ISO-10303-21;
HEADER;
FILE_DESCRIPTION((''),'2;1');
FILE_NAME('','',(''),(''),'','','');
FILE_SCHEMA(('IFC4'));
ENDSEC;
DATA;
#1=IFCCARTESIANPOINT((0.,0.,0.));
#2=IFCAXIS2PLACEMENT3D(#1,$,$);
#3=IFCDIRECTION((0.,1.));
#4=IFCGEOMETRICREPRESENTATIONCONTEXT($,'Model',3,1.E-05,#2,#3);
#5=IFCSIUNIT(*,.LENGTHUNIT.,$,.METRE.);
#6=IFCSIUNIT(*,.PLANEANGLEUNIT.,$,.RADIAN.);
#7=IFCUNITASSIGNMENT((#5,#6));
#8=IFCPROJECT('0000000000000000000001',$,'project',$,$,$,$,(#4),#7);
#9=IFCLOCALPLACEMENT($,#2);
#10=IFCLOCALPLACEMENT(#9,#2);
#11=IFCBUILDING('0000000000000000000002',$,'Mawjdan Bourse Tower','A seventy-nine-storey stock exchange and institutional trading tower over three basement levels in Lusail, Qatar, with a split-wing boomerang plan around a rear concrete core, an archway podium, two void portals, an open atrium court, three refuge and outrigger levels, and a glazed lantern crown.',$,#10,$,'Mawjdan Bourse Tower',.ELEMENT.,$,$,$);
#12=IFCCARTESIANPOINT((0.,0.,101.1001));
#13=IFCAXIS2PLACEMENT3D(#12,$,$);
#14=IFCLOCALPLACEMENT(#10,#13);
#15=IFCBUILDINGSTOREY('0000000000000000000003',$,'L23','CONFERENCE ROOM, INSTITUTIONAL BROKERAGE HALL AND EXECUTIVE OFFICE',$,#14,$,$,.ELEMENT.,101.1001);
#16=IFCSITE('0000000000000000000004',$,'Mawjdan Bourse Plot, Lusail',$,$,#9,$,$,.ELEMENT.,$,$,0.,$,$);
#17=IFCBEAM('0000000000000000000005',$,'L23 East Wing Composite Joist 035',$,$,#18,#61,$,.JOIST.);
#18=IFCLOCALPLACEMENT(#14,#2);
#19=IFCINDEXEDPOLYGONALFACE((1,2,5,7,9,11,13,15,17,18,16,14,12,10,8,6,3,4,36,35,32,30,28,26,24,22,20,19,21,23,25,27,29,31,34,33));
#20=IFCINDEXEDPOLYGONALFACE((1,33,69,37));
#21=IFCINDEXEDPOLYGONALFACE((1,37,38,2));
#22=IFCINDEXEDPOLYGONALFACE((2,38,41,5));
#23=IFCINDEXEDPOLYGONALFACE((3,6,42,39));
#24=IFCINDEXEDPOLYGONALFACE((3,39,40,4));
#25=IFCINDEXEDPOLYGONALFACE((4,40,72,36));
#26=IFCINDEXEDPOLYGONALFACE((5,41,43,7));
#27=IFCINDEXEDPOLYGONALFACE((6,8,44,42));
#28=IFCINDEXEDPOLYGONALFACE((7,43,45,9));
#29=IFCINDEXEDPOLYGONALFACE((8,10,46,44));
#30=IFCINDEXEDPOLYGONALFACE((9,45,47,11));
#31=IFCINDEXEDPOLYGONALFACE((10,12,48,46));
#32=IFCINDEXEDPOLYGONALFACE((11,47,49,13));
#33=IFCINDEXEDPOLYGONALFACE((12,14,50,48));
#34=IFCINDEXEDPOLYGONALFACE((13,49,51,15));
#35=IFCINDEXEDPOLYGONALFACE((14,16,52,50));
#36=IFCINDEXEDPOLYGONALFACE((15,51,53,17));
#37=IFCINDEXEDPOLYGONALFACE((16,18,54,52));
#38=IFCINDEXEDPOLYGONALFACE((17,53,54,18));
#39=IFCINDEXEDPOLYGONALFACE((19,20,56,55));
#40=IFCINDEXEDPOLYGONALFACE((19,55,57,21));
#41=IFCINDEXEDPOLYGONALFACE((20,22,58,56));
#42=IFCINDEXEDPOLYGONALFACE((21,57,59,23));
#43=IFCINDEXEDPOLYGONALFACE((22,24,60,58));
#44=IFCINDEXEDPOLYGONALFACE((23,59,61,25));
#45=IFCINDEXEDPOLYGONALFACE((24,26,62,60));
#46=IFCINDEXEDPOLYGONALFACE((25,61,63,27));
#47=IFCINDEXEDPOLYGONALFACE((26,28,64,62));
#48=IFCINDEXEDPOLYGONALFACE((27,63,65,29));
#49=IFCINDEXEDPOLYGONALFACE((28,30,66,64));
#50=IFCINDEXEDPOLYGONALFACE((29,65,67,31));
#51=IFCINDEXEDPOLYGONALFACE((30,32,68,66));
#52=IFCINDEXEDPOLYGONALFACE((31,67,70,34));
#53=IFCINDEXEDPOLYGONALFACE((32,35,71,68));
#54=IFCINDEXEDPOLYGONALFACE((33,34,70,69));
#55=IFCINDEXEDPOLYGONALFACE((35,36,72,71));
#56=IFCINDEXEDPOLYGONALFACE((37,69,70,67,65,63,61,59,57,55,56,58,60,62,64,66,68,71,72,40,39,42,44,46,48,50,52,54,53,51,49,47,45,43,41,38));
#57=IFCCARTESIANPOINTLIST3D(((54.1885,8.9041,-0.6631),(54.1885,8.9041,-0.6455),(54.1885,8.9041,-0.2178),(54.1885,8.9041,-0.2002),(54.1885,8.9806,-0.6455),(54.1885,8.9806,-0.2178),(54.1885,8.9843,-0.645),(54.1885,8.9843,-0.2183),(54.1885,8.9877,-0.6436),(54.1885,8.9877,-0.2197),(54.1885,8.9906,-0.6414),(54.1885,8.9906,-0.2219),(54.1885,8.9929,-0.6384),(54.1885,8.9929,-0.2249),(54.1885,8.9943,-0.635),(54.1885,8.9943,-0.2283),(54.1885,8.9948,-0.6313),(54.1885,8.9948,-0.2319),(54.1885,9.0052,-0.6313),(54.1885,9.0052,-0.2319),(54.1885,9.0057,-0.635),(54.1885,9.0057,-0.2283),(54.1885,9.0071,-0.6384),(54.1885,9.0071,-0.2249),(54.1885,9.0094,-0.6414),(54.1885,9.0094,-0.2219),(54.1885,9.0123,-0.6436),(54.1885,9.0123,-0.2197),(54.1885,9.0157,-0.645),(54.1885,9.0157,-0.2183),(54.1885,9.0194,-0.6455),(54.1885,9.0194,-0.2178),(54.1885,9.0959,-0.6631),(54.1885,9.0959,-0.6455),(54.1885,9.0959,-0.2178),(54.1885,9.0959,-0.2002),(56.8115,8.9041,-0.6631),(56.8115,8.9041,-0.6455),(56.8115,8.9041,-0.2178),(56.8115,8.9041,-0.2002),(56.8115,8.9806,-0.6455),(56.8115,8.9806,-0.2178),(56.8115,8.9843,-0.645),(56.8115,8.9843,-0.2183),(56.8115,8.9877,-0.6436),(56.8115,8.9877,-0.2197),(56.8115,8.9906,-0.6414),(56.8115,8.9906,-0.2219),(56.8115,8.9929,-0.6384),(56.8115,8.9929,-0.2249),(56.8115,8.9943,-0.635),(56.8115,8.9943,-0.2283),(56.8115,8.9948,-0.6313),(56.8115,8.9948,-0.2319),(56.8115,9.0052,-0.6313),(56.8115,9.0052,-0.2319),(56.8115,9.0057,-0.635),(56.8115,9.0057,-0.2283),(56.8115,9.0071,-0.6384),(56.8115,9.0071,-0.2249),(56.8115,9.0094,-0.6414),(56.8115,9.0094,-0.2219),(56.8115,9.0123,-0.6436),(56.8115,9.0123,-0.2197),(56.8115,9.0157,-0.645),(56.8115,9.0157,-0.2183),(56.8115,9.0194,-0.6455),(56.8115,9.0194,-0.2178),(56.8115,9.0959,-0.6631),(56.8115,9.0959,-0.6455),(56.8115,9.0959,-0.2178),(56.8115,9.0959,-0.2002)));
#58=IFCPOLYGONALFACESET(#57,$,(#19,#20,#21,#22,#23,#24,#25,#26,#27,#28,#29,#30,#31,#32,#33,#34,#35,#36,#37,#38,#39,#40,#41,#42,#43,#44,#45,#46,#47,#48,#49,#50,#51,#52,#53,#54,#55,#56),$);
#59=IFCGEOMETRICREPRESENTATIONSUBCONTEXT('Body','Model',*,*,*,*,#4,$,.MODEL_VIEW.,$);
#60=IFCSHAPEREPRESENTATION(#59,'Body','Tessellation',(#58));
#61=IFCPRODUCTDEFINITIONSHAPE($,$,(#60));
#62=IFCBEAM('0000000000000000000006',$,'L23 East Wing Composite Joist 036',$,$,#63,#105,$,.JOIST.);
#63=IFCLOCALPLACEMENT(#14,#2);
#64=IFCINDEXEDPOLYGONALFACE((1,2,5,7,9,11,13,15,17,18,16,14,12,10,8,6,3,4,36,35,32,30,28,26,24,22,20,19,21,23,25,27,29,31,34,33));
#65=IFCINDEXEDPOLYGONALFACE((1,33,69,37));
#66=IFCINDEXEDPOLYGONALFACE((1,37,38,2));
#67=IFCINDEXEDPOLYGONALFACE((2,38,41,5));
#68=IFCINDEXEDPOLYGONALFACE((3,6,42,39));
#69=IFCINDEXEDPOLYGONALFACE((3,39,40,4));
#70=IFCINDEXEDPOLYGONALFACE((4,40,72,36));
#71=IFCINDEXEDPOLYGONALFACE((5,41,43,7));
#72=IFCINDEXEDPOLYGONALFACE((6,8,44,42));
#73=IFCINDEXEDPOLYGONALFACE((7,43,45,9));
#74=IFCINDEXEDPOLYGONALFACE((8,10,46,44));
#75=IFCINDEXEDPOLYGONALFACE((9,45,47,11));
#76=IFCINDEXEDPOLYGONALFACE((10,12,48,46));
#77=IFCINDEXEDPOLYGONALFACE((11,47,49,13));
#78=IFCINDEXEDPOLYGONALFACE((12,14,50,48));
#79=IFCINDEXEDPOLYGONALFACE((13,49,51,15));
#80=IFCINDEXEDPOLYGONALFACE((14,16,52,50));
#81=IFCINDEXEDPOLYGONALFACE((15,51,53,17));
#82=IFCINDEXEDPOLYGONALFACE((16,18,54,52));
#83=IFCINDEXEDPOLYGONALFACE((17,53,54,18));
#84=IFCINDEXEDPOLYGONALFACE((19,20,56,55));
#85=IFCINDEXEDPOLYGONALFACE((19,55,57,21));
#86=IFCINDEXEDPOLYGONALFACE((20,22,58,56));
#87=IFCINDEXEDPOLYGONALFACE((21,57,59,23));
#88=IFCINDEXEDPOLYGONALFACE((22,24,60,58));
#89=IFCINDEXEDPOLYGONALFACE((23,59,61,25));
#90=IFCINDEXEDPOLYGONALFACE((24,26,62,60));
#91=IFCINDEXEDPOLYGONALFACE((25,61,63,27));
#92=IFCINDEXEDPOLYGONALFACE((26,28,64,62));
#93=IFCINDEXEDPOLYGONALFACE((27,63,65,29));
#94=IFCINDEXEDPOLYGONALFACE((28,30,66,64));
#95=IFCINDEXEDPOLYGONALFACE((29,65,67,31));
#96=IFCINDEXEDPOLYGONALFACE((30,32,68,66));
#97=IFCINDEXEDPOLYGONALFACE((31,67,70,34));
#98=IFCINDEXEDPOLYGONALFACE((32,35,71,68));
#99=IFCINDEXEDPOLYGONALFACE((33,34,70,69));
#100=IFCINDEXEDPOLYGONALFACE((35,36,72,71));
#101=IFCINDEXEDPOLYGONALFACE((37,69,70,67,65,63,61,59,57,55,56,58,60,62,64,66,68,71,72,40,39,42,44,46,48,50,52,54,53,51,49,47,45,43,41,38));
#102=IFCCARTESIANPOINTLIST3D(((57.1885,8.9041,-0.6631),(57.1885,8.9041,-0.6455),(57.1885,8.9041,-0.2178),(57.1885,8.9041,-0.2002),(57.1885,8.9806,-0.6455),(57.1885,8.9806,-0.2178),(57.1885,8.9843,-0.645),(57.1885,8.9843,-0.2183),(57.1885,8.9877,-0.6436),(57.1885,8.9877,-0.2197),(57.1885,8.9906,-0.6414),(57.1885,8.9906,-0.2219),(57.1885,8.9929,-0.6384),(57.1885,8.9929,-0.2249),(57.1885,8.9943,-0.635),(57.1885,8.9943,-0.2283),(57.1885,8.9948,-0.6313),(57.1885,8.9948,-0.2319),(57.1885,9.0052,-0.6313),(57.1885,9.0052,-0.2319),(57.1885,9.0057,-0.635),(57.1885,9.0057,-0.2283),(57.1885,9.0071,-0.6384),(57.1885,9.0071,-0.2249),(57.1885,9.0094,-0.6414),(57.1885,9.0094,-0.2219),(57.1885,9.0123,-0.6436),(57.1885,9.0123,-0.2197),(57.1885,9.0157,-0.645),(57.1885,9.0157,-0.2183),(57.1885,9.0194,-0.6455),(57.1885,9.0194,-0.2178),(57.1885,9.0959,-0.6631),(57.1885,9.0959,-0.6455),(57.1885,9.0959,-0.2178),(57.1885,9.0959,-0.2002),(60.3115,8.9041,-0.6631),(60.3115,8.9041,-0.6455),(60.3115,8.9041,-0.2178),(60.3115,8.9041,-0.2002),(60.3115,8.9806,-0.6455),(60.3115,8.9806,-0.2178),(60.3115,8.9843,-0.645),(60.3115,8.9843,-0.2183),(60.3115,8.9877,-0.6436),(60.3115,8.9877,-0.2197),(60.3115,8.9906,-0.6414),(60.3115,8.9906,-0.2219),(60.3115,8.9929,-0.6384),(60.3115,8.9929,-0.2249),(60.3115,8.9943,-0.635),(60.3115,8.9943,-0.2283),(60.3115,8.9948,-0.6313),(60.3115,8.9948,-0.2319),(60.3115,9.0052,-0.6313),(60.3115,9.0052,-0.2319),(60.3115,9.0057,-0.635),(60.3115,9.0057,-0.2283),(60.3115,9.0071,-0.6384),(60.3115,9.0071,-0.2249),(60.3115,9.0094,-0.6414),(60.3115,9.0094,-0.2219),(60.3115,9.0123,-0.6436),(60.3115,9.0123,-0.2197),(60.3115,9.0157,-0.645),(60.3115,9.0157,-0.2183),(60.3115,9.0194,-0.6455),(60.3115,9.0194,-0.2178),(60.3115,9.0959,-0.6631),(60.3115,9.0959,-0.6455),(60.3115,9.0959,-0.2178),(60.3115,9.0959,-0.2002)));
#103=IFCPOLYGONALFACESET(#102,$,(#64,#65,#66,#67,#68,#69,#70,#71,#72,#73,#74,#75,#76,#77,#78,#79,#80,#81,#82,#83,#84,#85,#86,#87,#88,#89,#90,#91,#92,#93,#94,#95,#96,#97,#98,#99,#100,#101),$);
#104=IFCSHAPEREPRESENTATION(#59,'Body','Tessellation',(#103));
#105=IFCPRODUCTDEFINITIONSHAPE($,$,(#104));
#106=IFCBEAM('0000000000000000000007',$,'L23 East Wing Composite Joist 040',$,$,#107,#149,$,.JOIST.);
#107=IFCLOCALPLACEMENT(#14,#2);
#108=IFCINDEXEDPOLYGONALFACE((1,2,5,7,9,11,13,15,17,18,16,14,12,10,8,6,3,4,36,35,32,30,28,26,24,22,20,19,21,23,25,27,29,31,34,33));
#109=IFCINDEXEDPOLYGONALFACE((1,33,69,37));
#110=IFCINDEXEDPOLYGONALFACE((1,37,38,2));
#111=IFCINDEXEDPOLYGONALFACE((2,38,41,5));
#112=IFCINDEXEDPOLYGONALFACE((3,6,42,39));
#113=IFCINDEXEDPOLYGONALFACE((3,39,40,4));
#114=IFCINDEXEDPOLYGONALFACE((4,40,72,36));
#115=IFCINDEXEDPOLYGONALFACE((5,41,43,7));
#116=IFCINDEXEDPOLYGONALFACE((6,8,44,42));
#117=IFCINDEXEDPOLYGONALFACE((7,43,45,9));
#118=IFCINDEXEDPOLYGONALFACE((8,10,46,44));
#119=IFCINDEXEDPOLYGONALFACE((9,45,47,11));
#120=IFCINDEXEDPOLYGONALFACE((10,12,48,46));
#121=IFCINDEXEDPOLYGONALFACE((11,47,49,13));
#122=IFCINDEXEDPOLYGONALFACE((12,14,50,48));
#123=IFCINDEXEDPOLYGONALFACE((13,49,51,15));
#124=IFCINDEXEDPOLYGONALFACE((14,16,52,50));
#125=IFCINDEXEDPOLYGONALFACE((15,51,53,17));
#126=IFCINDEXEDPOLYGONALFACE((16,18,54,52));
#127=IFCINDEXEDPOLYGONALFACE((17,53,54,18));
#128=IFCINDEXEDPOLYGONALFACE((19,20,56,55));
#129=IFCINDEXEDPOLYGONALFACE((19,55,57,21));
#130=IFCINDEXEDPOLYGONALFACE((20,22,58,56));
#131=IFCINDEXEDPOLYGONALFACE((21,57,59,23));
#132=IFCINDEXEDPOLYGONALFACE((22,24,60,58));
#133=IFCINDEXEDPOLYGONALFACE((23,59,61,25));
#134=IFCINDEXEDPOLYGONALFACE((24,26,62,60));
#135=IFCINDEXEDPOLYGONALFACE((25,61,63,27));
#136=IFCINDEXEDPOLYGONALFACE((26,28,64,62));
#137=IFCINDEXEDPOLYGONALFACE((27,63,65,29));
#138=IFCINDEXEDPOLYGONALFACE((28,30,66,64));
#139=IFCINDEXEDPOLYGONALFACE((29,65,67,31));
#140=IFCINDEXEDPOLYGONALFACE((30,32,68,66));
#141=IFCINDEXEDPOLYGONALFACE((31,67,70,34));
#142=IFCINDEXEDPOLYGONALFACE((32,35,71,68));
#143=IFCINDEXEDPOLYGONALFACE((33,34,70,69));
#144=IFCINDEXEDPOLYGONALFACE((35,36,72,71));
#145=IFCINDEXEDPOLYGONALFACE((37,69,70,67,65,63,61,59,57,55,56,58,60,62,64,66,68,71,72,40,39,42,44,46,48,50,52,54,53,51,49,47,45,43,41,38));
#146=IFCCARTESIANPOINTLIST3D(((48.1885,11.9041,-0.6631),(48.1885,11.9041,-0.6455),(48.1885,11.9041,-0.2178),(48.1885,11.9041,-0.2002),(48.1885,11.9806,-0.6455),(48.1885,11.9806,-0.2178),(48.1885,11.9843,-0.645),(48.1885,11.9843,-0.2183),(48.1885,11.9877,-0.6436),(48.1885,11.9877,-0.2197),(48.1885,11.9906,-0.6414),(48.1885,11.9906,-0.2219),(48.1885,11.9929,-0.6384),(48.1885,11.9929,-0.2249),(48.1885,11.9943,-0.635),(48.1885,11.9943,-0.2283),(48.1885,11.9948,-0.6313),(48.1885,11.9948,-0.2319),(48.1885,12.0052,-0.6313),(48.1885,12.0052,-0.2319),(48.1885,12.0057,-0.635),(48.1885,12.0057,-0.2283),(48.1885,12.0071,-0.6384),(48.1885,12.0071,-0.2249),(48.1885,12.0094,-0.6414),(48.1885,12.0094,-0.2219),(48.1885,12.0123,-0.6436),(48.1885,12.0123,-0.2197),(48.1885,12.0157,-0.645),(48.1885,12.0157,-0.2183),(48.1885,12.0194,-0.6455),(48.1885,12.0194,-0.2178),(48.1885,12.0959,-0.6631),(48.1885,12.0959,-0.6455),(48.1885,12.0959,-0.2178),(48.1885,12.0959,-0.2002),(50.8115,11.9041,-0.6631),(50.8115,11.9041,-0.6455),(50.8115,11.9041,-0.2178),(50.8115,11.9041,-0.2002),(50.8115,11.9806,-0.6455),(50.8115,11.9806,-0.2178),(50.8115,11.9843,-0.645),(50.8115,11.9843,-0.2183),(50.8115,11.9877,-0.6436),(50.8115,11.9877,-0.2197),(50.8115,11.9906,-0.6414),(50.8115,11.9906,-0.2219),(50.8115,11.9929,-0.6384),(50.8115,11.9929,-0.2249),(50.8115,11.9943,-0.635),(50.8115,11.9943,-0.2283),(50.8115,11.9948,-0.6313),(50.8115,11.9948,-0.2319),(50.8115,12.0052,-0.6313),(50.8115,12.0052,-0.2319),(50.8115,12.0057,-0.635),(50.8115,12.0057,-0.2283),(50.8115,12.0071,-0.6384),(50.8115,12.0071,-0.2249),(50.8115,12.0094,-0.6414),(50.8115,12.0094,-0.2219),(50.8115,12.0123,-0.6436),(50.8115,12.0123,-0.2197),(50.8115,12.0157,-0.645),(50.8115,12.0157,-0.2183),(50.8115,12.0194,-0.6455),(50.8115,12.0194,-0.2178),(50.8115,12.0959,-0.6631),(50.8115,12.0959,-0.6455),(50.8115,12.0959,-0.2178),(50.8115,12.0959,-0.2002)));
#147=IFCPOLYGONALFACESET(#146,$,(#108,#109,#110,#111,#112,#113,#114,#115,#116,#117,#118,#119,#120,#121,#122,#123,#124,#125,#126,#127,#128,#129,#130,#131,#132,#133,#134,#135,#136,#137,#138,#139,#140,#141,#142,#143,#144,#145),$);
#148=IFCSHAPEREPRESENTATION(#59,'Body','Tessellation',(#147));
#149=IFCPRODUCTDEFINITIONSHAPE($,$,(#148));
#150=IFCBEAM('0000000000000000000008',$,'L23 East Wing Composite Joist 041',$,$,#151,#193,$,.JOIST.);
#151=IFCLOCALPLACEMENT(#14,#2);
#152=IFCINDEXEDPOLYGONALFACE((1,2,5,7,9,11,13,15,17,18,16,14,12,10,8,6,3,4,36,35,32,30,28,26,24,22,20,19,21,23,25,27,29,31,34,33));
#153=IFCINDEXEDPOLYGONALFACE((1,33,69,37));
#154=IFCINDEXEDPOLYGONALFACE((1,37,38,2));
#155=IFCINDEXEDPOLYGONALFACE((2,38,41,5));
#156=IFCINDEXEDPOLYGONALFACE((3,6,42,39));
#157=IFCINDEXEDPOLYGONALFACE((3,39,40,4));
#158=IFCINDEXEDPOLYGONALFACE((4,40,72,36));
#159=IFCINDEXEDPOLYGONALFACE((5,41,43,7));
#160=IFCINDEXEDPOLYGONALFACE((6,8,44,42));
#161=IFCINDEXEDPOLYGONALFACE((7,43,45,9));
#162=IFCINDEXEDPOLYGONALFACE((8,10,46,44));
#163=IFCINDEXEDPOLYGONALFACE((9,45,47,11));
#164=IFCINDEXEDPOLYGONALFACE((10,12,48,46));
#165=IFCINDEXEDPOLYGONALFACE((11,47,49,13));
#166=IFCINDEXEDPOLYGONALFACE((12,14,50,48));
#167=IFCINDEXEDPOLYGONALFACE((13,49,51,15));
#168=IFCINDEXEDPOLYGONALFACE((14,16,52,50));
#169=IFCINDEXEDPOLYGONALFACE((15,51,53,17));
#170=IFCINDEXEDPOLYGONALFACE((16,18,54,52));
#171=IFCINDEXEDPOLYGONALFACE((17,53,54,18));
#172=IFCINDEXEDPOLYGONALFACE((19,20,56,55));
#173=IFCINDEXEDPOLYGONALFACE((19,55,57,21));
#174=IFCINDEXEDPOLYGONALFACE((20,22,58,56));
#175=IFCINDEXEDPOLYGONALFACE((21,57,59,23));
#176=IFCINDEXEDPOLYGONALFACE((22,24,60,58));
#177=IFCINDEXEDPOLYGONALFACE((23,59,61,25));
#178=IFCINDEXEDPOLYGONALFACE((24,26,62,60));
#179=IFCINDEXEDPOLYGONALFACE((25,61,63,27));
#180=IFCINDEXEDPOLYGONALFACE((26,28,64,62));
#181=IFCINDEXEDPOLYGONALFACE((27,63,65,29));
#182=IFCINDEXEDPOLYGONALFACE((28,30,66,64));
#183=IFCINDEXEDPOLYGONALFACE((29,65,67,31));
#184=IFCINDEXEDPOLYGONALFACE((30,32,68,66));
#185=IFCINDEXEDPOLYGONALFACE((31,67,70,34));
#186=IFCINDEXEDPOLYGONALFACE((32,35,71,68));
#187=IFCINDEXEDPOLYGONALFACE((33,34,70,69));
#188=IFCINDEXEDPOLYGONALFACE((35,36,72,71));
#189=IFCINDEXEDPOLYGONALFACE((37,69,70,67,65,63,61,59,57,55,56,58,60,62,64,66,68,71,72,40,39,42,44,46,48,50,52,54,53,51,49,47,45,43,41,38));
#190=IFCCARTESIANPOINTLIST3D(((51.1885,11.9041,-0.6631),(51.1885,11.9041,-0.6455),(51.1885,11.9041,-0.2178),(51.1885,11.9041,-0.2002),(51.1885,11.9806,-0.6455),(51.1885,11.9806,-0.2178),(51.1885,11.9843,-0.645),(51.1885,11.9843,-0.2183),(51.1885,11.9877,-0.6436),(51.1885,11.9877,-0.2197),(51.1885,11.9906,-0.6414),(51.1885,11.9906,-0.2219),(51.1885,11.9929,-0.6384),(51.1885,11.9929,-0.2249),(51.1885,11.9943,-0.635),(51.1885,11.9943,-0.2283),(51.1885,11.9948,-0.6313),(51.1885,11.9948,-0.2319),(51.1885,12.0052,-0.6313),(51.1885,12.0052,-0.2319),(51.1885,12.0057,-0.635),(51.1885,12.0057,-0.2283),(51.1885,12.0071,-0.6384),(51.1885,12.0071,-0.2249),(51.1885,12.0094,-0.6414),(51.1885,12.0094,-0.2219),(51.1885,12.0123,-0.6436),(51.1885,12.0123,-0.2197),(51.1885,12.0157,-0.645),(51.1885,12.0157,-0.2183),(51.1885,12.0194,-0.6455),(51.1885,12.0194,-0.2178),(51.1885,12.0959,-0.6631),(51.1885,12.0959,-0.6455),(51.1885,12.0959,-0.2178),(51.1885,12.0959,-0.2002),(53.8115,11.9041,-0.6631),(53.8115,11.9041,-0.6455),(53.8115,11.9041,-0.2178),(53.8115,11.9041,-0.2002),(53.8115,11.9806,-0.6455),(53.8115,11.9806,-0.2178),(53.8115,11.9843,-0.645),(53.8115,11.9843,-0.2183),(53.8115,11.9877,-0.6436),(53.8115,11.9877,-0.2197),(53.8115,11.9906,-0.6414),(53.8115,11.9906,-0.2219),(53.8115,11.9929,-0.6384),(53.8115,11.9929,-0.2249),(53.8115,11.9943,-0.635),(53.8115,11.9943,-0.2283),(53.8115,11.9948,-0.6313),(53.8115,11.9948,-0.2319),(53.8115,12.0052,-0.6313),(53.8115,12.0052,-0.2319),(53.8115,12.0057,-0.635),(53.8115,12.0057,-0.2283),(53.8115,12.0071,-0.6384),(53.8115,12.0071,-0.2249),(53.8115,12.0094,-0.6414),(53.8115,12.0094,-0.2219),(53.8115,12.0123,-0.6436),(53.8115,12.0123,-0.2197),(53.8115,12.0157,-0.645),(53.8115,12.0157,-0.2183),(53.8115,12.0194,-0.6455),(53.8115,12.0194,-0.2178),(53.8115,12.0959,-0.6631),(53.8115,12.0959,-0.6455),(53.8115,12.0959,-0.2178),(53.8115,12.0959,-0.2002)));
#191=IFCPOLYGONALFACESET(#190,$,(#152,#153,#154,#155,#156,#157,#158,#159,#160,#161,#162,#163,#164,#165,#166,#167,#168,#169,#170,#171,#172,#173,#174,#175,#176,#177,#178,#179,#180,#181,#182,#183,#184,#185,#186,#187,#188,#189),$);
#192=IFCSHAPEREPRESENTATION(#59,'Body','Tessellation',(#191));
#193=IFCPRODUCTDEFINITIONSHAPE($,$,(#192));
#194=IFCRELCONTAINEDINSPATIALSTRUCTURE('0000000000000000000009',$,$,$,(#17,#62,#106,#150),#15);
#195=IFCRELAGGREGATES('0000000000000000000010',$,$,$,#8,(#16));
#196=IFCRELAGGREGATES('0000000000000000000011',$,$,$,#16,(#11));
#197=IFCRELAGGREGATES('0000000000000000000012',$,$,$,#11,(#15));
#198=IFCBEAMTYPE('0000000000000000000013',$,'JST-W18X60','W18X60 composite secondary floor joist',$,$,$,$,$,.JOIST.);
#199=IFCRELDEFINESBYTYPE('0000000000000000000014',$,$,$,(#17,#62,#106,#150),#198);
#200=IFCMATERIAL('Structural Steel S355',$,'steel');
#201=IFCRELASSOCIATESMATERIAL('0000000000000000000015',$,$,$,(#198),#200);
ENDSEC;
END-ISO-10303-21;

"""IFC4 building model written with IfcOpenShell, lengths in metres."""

from ifc_helpers import new_model, si_unit, direction, frame, origin, origin_2d, place, context, subcontext, project, spatial, i_section, extrude, material, material_profile, profile_set, type_object, element, save


model = new_model("IFC4")

# Units and contexts
model_context = context("Model", 3, precision=1e-05, world=origin(), true_north=direction((0.0, 1.0)))
body_context = subcontext(model_context, "Body", "Model", "MODEL_VIEW")
ifc_project = project(units=[si_unit("LENGTHUNIT", "METRE"), si_unit("PLANEANGLEUNIT", "RADIAN")], contexts=[model_context])

# Site, building, storey
site_placement = place(None, origin())
site = spatial("IfcSite", under=ifc_project, at=site_placement, Name="Mawjdan Bourse Plot, Lusail", CompositionType="ELEMENT", RefElevation=0.0)
building_placement = place(site_placement, origin())
building = spatial("IfcBuilding", under=site, at=building_placement, Name="Mawjdan Bourse Tower", Description="A seventy-nine-storey stock exchange and institutional trading tower over three basement levels in Lusail, Qatar, with a split-wing boomerang plan around a rear concrete core, an archway podium, two void portals, an open atrium court, three refuge and outrigger levels, and a glazed lantern crown.", LongName="Mawjdan Bourse Tower", CompositionType="ELEMENT")
storey_placement = place(building_placement, frame((0.0, 0.0, 101.1001)))
storey = spatial("IfcBuildingStorey", under=building, at=storey_placement, Name="L23", Description="CONFERENCE ROOM, INSTITUTIONAL BROKERAGE HALL AND EXECUTIVE OFFICE", CompositionType="ELEMENT", Elevation=101.1001)

# Beams
ifc_material_1 = material(Name="Structural Steel S355", Category="steel")
ifc_material_profile_1 = material_profile(ifc_material_1, i_section(OverallWidth=0.1919, OverallDepth=0.4629, WebThickness=0.0105, FlangeThickness=0.0176, FilletRadius=0.0142, at=origin_2d()), Name="W18X60")
ifc_profile_set_1 = profile_set([ifc_material_profile_1], Name="Structural Steel S355")
beam_type_1 = type_object("IfcBeamType", Name="JST-W18X60", Description="W18X60 composite secondary floor joist", PredefinedType="JOIST", material=ifc_profile_set_1)
for number, where, z_axis, x_axis, name in (
    (1, (54.1885, 9.0, -0.4316), (1.0, 0.0, 0.0), (0.0, 1.0, 0.0), "L23 East Wing Composite Joist 035"),
):
    element("IfcBeam", number, at=place(storey_placement, frame(where, z_axis=z_axis, x_axis=x_axis)), inside=storey, type_object=beam_type_1, Name=name, PredefinedType="JOIST", context=body_context, shape_type="SweptSolid", body=[
        extrude(i_section(OverallWidth=0.1919, OverallDepth=0.4629, WebThickness=0.0105, FlangeThickness=0.0176, FilletRadius=0.0142, at=origin_2d()), origin(), (0.0, 0.0, 1.0), 2.623),
    ])
beam_1_placement = place(storey_placement, frame((57.1885, 9.0, -0.4316), z_axis=(1.0, 0.0, 0.0), x_axis=(0.0, 1.0, 0.0)))
element("IfcBeam", 2, at=beam_1_placement, inside=storey, type_object=beam_type_1, Name="L23 East Wing Composite Joist 036", PredefinedType="JOIST", context=body_context, shape_type="SweptSolid", body=[
    extrude(i_section(OverallWidth=0.1919, OverallDepth=0.4629, WebThickness=0.0105, FlangeThickness=0.0176, FilletRadius=0.0142, at=origin_2d()), origin(), (0.0, 0.0, 1.0), 3.123),
])
for number, where, z_axis, x_axis, name in (
    (3, (48.1885, 12.0, -0.4316), (1.0, 0.0, 0.0), (0.0, 1.0, 0.0), "L23 East Wing Composite Joist 040"),
    (4, (51.1885, 12.0, -0.4316), (1.0, 0.0, 0.0), (0.0, 1.0, 0.0), "L23 East Wing Composite Joist 041"),
):
    element("IfcBeam", number, at=place(storey_placement, frame(where, z_axis=z_axis, x_axis=x_axis)), inside=storey, type_object=beam_type_1, Name=name, PredefinedType="JOIST", context=body_context, shape_type="SweptSolid", body=[
        extrude(i_section(OverallWidth=0.1919, OverallDepth=0.4629, WebThickness=0.0105, FlangeThickness=0.0176, FilletRadius=0.0142, at=origin_2d()), origin(), (0.0, 0.0, 1.0), 2.623),
    ])

save(model, "model.ifc")
